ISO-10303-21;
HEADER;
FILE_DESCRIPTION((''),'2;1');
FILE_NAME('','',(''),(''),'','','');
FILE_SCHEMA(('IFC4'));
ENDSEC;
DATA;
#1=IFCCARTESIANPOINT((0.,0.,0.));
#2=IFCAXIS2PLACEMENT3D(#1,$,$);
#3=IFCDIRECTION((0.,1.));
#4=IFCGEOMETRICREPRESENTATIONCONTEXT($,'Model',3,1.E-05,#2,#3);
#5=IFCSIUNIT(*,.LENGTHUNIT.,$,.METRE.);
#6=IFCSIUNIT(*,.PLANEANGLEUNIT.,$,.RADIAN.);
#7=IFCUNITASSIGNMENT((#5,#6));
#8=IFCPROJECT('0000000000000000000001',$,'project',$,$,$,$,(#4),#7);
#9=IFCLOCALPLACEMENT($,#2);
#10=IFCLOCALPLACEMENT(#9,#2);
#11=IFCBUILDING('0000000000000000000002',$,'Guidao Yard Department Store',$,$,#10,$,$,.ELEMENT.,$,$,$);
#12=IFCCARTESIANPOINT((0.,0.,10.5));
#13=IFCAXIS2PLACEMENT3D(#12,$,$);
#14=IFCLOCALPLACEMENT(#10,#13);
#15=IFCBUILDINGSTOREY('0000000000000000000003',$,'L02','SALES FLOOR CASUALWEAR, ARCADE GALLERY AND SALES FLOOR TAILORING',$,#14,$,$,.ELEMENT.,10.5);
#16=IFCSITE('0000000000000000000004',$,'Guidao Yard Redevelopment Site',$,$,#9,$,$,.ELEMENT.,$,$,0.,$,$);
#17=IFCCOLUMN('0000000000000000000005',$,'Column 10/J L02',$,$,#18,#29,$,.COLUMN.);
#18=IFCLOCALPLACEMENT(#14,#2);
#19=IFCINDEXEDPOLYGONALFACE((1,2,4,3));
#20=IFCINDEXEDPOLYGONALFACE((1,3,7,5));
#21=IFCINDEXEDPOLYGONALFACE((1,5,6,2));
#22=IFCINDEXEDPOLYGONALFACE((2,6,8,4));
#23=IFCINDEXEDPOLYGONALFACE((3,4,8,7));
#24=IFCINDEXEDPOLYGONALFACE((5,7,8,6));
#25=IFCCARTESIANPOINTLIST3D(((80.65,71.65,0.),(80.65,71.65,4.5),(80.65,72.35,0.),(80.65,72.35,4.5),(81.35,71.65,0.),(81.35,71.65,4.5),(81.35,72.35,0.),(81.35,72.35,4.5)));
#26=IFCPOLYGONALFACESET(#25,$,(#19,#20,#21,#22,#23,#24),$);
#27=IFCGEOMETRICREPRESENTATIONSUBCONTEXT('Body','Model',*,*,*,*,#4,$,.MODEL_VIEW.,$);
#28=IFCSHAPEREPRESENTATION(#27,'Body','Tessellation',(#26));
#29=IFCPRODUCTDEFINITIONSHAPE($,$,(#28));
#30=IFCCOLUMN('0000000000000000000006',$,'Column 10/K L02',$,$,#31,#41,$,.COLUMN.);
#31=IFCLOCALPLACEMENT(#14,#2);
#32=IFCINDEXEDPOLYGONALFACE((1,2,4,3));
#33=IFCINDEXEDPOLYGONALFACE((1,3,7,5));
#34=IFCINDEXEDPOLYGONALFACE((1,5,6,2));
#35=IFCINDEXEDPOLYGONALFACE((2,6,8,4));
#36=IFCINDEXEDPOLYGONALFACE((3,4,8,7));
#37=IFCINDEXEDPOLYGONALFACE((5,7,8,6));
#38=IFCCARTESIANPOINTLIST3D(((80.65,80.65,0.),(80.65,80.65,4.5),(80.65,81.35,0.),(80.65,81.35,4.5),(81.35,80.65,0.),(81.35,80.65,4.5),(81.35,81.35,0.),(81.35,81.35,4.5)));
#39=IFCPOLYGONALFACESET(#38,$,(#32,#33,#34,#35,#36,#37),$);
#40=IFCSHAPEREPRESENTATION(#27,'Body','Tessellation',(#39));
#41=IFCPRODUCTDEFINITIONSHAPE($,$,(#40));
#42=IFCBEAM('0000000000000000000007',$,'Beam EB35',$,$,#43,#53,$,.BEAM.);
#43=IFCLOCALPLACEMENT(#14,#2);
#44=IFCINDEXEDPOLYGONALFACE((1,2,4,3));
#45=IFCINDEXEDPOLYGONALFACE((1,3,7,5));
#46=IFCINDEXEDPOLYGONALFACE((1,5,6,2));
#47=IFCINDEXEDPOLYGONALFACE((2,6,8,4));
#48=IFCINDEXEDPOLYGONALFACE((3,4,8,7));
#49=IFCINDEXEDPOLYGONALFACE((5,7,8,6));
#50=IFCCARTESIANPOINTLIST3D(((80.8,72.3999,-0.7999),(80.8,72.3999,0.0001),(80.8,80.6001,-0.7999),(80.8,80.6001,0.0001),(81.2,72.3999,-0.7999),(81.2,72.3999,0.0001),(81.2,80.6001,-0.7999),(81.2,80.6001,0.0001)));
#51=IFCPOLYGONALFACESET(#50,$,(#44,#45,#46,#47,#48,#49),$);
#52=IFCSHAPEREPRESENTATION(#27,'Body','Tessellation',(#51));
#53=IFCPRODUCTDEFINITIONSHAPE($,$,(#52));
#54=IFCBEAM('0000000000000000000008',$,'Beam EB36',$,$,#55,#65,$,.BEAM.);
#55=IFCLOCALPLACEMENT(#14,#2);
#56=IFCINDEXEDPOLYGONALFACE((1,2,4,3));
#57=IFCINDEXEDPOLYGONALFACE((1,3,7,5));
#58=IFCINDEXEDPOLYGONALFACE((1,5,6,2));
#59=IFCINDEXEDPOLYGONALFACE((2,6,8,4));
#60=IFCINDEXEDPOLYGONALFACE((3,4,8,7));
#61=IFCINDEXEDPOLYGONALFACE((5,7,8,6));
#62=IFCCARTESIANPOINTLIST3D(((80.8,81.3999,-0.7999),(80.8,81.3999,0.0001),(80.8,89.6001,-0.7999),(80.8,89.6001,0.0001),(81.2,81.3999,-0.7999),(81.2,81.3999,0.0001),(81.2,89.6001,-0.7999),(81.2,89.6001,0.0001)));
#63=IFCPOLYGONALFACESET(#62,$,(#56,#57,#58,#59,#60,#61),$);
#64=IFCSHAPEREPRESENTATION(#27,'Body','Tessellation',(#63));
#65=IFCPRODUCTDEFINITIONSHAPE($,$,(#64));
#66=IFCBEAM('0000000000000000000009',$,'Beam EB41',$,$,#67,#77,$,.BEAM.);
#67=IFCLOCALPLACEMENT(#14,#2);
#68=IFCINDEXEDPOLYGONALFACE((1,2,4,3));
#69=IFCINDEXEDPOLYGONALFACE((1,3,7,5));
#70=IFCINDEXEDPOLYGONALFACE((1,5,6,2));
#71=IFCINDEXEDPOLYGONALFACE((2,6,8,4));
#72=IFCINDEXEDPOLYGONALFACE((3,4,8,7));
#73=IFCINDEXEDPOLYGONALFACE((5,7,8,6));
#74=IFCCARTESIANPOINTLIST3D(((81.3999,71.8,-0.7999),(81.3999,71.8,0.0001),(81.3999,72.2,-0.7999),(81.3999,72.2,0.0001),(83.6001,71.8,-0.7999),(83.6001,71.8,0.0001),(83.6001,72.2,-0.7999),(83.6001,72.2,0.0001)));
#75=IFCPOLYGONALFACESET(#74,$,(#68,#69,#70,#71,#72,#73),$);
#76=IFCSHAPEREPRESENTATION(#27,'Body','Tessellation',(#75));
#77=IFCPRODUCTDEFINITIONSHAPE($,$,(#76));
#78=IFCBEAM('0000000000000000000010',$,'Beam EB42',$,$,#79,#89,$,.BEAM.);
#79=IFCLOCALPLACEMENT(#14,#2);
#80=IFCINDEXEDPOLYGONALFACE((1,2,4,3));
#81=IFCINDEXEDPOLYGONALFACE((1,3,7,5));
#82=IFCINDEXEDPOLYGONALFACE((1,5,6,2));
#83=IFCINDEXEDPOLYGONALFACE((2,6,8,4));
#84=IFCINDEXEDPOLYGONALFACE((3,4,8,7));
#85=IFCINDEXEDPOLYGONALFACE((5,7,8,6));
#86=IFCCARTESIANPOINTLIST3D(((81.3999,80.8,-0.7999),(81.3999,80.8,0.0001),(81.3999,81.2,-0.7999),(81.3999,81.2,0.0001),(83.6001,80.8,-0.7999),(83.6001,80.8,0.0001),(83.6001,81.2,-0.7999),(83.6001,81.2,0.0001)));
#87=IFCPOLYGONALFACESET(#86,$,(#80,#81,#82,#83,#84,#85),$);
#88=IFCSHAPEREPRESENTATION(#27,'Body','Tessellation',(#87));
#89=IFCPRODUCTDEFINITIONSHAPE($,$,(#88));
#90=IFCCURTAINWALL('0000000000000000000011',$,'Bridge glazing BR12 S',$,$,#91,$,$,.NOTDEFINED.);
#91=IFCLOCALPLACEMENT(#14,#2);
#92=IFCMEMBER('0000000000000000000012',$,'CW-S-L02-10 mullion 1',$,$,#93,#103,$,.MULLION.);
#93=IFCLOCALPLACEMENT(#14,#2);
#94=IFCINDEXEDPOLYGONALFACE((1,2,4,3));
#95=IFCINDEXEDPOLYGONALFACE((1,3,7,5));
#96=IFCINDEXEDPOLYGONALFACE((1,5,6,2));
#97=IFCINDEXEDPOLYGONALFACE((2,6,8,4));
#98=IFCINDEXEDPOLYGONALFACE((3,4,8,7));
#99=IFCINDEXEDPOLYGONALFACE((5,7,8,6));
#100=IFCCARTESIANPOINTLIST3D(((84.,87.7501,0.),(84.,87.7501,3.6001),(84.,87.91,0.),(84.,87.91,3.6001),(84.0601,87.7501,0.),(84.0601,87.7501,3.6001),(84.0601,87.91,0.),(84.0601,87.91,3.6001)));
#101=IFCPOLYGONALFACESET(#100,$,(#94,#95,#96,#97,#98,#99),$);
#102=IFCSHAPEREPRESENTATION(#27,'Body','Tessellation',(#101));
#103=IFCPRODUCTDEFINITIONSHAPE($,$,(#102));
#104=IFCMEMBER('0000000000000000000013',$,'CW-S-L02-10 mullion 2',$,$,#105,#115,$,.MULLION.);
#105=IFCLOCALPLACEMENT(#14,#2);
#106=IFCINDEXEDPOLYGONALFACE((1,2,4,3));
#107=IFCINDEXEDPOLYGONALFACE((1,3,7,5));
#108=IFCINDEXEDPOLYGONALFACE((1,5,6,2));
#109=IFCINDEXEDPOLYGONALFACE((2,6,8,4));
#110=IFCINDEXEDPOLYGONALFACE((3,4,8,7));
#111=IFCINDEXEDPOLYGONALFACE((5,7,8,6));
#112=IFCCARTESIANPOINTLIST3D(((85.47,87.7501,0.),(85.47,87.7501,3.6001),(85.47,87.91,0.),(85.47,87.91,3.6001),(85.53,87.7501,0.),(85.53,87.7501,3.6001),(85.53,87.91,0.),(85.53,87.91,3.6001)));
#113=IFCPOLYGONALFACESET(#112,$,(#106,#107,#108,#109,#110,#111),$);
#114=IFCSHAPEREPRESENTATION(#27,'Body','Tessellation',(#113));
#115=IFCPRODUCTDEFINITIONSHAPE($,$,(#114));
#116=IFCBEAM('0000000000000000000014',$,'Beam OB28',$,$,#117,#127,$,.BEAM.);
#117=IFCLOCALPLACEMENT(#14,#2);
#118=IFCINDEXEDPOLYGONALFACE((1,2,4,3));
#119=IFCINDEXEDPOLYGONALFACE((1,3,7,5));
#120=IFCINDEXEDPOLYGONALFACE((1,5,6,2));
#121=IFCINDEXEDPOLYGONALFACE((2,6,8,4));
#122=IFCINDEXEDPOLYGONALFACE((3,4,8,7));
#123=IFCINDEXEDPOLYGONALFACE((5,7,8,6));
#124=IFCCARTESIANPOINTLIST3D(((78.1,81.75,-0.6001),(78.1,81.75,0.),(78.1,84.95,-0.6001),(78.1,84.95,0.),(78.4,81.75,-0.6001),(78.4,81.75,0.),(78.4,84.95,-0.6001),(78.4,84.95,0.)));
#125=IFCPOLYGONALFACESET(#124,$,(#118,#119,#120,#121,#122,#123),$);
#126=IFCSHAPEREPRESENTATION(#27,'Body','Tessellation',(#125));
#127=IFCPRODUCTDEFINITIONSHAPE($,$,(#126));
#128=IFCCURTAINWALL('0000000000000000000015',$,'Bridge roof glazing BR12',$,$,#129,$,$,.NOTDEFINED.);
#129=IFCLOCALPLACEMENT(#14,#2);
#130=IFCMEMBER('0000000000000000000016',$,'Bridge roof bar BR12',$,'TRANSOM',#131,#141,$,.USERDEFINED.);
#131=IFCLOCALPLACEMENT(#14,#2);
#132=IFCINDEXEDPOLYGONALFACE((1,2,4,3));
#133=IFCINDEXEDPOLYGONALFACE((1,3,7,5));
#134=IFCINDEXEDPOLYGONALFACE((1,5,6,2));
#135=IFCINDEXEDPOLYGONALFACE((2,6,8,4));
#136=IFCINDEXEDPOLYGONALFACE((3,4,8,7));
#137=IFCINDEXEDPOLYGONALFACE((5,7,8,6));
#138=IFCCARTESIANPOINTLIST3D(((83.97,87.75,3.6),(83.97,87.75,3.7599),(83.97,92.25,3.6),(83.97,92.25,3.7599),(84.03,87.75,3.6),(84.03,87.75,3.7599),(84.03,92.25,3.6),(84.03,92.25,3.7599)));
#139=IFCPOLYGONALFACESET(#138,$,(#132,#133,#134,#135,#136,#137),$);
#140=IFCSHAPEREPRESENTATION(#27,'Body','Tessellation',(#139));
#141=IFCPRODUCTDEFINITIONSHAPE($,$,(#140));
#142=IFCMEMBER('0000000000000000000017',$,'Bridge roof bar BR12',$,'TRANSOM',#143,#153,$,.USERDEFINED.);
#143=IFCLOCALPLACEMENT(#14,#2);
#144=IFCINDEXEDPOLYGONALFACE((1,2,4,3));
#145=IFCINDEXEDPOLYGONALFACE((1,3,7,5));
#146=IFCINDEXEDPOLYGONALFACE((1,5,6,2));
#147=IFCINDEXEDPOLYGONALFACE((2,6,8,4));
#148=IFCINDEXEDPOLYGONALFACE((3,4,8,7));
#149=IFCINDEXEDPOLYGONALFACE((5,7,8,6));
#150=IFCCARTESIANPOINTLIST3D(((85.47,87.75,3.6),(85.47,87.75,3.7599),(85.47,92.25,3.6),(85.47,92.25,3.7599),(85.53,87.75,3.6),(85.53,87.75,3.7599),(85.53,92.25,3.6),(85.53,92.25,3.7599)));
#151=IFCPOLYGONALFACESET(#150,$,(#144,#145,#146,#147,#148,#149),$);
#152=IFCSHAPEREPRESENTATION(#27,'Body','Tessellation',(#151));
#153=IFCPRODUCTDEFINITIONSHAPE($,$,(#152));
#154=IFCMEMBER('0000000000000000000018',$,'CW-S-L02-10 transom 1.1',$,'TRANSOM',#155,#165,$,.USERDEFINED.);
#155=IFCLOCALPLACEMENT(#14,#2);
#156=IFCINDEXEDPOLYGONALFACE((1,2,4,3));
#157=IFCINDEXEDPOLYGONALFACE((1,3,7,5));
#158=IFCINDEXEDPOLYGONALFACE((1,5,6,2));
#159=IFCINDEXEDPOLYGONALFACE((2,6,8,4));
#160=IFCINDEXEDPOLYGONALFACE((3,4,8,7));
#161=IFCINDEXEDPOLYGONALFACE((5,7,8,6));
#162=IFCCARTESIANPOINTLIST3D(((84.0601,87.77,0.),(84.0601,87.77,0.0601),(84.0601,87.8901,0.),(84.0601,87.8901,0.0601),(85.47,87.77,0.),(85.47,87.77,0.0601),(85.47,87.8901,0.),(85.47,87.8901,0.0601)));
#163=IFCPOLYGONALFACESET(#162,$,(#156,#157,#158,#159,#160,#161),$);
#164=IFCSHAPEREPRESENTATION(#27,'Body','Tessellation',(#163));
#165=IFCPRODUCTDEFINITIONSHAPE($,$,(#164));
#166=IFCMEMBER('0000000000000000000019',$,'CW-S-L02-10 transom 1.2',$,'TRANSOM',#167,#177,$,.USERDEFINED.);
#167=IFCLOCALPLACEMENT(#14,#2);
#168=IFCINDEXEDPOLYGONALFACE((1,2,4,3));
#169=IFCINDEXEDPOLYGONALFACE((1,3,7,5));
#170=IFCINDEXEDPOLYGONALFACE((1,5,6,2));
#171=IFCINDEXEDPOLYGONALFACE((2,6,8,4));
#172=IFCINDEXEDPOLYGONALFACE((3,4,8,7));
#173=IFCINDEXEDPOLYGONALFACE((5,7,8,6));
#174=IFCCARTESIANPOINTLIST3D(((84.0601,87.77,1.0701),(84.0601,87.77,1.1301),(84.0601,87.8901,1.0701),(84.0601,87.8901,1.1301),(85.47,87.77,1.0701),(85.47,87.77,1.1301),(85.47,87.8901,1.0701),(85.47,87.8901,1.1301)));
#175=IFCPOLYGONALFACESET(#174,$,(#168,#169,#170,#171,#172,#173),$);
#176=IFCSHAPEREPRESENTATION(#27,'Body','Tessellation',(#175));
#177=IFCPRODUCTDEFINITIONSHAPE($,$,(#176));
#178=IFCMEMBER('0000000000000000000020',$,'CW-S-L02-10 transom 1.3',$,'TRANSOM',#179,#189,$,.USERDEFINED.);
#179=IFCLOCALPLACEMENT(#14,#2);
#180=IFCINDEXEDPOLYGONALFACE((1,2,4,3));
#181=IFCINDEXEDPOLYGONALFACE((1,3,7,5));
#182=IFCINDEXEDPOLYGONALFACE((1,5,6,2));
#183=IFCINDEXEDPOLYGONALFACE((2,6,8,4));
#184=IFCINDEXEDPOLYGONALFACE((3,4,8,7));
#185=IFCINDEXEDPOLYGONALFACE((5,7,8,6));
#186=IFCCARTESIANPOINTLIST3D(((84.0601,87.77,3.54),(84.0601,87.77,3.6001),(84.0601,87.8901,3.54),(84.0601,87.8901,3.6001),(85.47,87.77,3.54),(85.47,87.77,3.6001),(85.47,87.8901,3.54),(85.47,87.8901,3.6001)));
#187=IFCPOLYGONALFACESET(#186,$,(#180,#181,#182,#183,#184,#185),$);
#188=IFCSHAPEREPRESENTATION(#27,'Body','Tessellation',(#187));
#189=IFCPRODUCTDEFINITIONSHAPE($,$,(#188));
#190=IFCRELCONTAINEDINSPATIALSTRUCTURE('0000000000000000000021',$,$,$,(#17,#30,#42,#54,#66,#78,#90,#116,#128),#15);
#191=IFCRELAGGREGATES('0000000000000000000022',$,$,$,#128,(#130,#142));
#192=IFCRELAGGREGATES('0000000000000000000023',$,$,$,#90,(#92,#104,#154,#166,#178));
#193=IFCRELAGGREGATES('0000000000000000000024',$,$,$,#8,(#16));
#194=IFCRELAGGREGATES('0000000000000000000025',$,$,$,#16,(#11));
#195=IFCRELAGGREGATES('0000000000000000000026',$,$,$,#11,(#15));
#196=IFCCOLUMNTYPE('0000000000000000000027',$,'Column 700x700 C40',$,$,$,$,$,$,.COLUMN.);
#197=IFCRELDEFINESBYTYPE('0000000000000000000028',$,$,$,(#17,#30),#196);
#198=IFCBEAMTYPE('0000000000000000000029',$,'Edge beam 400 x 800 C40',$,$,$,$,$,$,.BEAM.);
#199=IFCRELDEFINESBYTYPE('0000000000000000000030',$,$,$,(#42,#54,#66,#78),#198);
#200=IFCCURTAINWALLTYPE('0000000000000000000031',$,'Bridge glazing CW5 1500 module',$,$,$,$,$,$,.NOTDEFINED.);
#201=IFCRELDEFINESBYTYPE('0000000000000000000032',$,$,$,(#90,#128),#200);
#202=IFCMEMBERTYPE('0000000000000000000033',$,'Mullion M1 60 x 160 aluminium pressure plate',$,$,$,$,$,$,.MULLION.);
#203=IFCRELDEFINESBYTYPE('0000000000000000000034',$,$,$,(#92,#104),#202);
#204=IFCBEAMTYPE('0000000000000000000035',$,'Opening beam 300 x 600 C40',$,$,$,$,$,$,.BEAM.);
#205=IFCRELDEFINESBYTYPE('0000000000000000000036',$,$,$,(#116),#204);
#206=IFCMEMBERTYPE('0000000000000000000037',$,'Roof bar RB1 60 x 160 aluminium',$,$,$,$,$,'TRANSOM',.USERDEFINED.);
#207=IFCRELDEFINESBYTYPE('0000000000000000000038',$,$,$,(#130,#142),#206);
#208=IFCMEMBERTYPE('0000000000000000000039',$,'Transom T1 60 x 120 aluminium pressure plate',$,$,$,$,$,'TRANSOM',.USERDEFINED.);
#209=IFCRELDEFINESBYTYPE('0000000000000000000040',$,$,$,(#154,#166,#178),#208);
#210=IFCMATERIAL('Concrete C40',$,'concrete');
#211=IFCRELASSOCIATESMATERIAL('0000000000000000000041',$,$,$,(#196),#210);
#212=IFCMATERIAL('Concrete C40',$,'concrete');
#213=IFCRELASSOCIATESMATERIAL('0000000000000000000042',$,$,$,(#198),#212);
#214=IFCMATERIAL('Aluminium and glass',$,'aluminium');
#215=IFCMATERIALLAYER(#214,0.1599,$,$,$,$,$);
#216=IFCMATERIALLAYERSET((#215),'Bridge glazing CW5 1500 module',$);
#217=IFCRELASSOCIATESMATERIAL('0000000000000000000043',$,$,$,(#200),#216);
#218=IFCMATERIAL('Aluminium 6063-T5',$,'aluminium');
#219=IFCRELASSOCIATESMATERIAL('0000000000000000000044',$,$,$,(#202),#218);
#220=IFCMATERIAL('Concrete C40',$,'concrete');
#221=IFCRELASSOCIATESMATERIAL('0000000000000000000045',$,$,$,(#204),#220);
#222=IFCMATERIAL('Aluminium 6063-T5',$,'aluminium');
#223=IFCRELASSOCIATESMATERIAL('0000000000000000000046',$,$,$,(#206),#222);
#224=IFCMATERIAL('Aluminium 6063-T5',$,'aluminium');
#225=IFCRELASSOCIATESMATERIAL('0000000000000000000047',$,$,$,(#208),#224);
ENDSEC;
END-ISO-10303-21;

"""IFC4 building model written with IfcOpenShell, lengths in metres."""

from ifc_helpers import new_model, si_unit, direction, frame, origin, origin_2d, place, context, subcontext, project, spatial, rectangle, extrude, material, layer, layer_set, material_profile, profile_set, type_object, element, aggregate, save


model = new_model("IFC4")

# Units and contexts
model_context = context("Model", 3, precision=1e-05, world=origin(), true_north=direction((0.0, 1.0)))
body_context = subcontext(model_context, "Body", "Model", "MODEL_VIEW")
ifc_project = project(units=[si_unit("LENGTHUNIT", "METRE"), si_unit("PLANEANGLEUNIT", "RADIAN")], contexts=[model_context])

# Site, building, storey
site_placement = place(None, origin())
site = spatial("IfcSite", under=ifc_project, at=site_placement, Name="Guidao Yard Redevelopment Site", CompositionType="ELEMENT", RefElevation=0.0)
building_placement = place(site_placement, origin())
building = spatial("IfcBuilding", under=site, at=building_placement, Name="Guidao Yard Department Store", CompositionType="ELEMENT")
storey_placement = place(building_placement, frame((0.0, 0.0, 10.5)))
storey = spatial("IfcBuildingStorey", under=building, at=storey_placement, Name="L02", Description="SALES FLOOR CASUALWEAR, ARCADE GALLERY AND SALES FLOOR TAILORING", CompositionType="ELEMENT", Elevation=10.5)

# Columns
ifc_material_1 = material(Name="Concrete C40", Category="concrete")
ifc_material_profile_1 = material_profile(ifc_material_1, rectangle(XDim=0.7, YDim=0.7, at=origin_2d()), Name="COL 700x700")
ifc_profile_set_1 = profile_set([ifc_material_profile_1], Name="Concrete C40")
column_type = type_object("IfcColumnType", Name="Column 700x700 C40", PredefinedType="COLUMN", material=ifc_profile_set_1)
for number, where, z_axis, x_axis, name in (
    (1, (81.0, 72.0, 0.0), (0.0, 0.0, 1.0), (1.0, 0.0, 0.0), "Column 10/J L02"),
    (2, (81.0, 81.0, 0.0), (0.0, 0.0, 1.0), (1.0, 0.0, 0.0), "Column 10/K L02"),
):
    element("IfcColumn", number, at=place(storey_placement, frame(where, z_axis=z_axis, x_axis=x_axis)), inside=storey, type_object=column_type, Name=name, PredefinedType="COLUMN", context=body_context, shape_type="SweptSolid", body=[
        extrude(rectangle(XDim=0.7, YDim=0.7, at=origin_2d()), origin(), (0.0, 0.0, 1.0), 4.5),
    ])

# Beams
ifc_material_2 = material(Name="Concrete C40", Category="concrete")
ifc_material_profile_2 = material_profile(ifc_material_2, rectangle(XDim=0.3999, YDim=0.8, at=origin_2d()), Name="Edge beam 400 x 800 C40")
ifc_profile_set_2 = profile_set([ifc_material_profile_2], Name="Concrete C40")
beam_type_1 = type_object("IfcBeamType", Name="Edge beam 400 x 800 C40", PredefinedType="BEAM", material=ifc_profile_set_2)
for number, where, z_axis, x_axis, name in (
    (3, (81.0, 72.3999, -0.3999), (0.0, 1.0, 0.0), (-1.0, 0.0, 0.0), "Beam EB35"),
    (4, (81.0, 81.3999, -0.3999), (0.0, 1.0, 0.0), (-1.0, 0.0, 0.0), "Beam EB36"),
):
    element("IfcBeam", number, at=place(storey_placement, frame(where, z_axis=z_axis, x_axis=x_axis)), inside=storey, type_object=beam_type_1, Name=name, PredefinedType="BEAM", context=body_context, shape_type="SweptSolid", body=[
        extrude(rectangle(XDim=0.3999, YDim=0.8, at=origin_2d()), origin(), (0.0, 0.0, 1.0), 8.2002),
    ])
for number, where, z_axis, x_axis, name in (
    (5, (81.3999, 72.0, -0.3999), (1.0, 0.0, 0.0), (0.0, 1.0, 0.0), "Beam EB41"),
    (6, (81.3999, 81.0, -0.3999), (1.0, 0.0, 0.0), (0.0, 1.0, 0.0), "Beam EB42"),
):
    element("IfcBeam", number, at=place(storey_placement, frame(where, z_axis=z_axis, x_axis=x_axis)), inside=storey, type_object=beam_type_1, Name=name, PredefinedType="BEAM", context=body_context, shape_type="SweptSolid", body=[
        extrude(rectangle(XDim=0.3999, YDim=0.8, at=origin_2d()), origin(), (0.0, 0.0, 1.0), 2.2002),
    ])

# Curtain wall, members
ifc_material_3 = material(Name="Aluminium and glass", Category="aluminium")
ifc_layer_1 = layer(ifc_material_3, 0.1599)
ifc_layer_set_1 = layer_set([ifc_layer_1], Name="Bridge glazing CW5 1500 module")
curtain_wall_type = type_object("IfcCurtainWallType", Name="Bridge glazing CW5 1500 module", PredefinedType="NOTDEFINED", material=ifc_layer_set_1)
curtain_wall_1_placement = place(storey_placement, origin())
curtain_wall_1 = element("IfcCurtainWall", 7, at=curtain_wall_1_placement, inside=storey, type_object=curtain_wall_type, Name="Bridge glazing BR12 S", PredefinedType="NOTDEFINED")
ifc_material_4 = material(Name="Aluminium 6063-T5", Category="aluminium")
ifc_material_profile_3 = material_profile(ifc_material_4, rectangle(XDim=0.0601, YDim=0.1599, at=origin_2d()), Name="Mullion M1 60 x 160 aluminium pressure plate")
ifc_profile_set_3 = profile_set([ifc_material_profile_3], Name="Aluminium 6063-T5")
member_type_1 = type_object("IfcMemberType", Name="Mullion M1 60 x 160 aluminium pressure plate", PredefinedType="MULLION", material=ifc_profile_set_3)
member_1_placement = place(storey_placement, frame((84.03, 87.8301, 0.0), z_axis=(0.0, 0.0, 1.0), x_axis=(-1.0, 0.0, 0.0)))
member_1 = element("IfcMember", 8, at=member_1_placement, type_object=member_type_1, Name="CW-S-L02-10 mullion 1", PredefinedType="MULLION", context=body_context, shape_type="SweptSolid", body=[
    extrude(rectangle(XDim=0.0601, YDim=0.1599, at=origin_2d()), origin(), (0.0, 0.0, 1.0), 3.6001),
])
member_2_placement = place(storey_placement, frame((85.5, 87.8301, 0.0), z_axis=(0.0, 0.0, 1.0), x_axis=(-1.0, 0.0, 0.0)))
member_2 = element("IfcMember", 9, at=member_2_placement, type_object=member_type_1, Name="CW-S-L02-10 mullion 2", PredefinedType="MULLION", context=body_context, shape_type="SweptSolid", body=[
    extrude(rectangle(XDim=0.0601, YDim=0.1599, at=origin_2d()), origin(), (0.0, 0.0, 1.0), 3.6001),
])

# Beam
ifc_material_5 = material(Name="Concrete C40", Category="concrete")
ifc_material_profile_4 = material_profile(ifc_material_5, rectangle(XDim=0.3, YDim=0.6001, at=origin_2d()), Name="Opening beam 300 x 600 C40")
ifc_profile_set_4 = profile_set([ifc_material_profile_4], Name="Concrete C40")
beam_type_2 = type_object("IfcBeamType", Name="Opening beam 300 x 600 C40", PredefinedType="BEAM", material=ifc_profile_set_4)
beam_placement = place(storey_placement, frame((78.25, 81.75, -0.3), z_axis=(0.0, 1.0, 0.0), x_axis=(-1.0, 0.0, 0.0)))
element("IfcBeam", 10, at=beam_placement, inside=storey, type_object=beam_type_2, Name="Beam OB28", PredefinedType="BEAM", context=body_context, shape_type="SweptSolid", body=[
    extrude(rectangle(XDim=0.3, YDim=0.6001, at=origin_2d()), origin(), (0.0, 0.0, 1.0), 3.2),
])

# Curtain wall, members
curtain_wall_2_placement = place(storey_placement, origin())
curtain_wall_2 = element("IfcCurtainWall", 11, at=curtain_wall_2_placement, inside=storey, type_object=curtain_wall_type, Name="Bridge roof glazing BR12", PredefinedType="NOTDEFINED")
ifc_material_6 = material(Name="Aluminium 6063-T5", Category="aluminium")
ifc_material_profile_5 = material_profile(ifc_material_6, rectangle(XDim=0.0601, YDim=0.1599, at=origin_2d()), Name="Roof bar RB1 60 x 160 aluminium")
ifc_profile_set_5 = profile_set([ifc_material_profile_5], Name="Aluminium 6063-T5")
member_type_2 = type_object("IfcMemberType", Name="Roof bar RB1 60 x 160 aluminium", ElementType="TRANSOM", PredefinedType="USERDEFINED", material=ifc_profile_set_5)
member_3_placement = place(storey_placement, frame((84.0, 87.75, 3.6799), z_axis=(0.0, 1.0, 0.0), x_axis=(-1.0, 0.0, 0.0)))
member_3 = element("IfcMember", 12, at=member_3_placement, type_object=member_type_2, Name="Bridge roof bar BR12", ObjectType="TRANSOM", PredefinedType="USERDEFINED", context=body_context, shape_type="SweptSolid", body=[
    extrude(rectangle(XDim=0.0601, YDim=0.1599, at=origin_2d()), origin(), (0.0, 0.0, 1.0), 4.5),
])
member_4_placement = place(storey_placement, frame((85.5, 87.75, 3.6799), z_axis=(0.0, 1.0, 0.0), x_axis=(-1.0, 0.0, 0.0)))
member_4 = element("IfcMember", 13, at=member_4_placement, type_object=member_type_2, Name="Bridge roof bar BR12", ObjectType="TRANSOM", PredefinedType="USERDEFINED", context=body_context, shape_type="SweptSolid", body=[
    extrude(rectangle(XDim=0.0601, YDim=0.1599, at=origin_2d()), origin(), (0.0, 0.0, 1.0), 4.5),
])
aggregate(curtain_wall_2, [member_3, member_4])

# Members
ifc_material_7 = material(Name="Aluminium 6063-T5", Category="aluminium")
ifc_material_profile_6 = material_profile(ifc_material_7, rectangle(XDim=0.1201, YDim=0.0601, at=origin_2d()), Name="Transom T1 60 x 120 aluminium pressure plate")
ifc_profile_set_6 = profile_set([ifc_material_profile_6], Name="Aluminium 6063-T5")
member_type_3 = type_object("IfcMemberType", Name="Transom T1 60 x 120 aluminium pressure plate", ElementType="TRANSOM", PredefinedType="USERDEFINED", material=ifc_profile_set_6)
member_5_placement = place(storey_placement, frame((85.47, 87.8301, 0.03), z_axis=(-1.0, 0.0, 0.0), x_axis=(0.0, -1.0, 0.0)))
member_5 = element("IfcMember", 14, at=member_5_placement, type_object=member_type_3, Name="CW-S-L02-10 transom 1.1", ObjectType="TRANSOM", PredefinedType="USERDEFINED", context=body_context, shape_type="SweptSolid", body=[
    extrude(rectangle(XDim=0.1201, YDim=0.0601, at=origin_2d()), origin(), (0.0, 0.0, 1.0), 1.4099),
])
member_6_placement = place(storey_placement, frame((85.47, 87.8301, 1.1001), z_axis=(-1.0, 0.0, 0.0), x_axis=(0.0, -1.0, 0.0)))
member_6 = element("IfcMember", 15, at=member_6_placement, type_object=member_type_3, Name="CW-S-L02-10 transom 1.2", ObjectType="TRANSOM", PredefinedType="USERDEFINED", context=body_context, shape_type="SweptSolid", body=[
    extrude(rectangle(XDim=0.1201, YDim=0.0601, at=origin_2d()), origin(), (0.0, 0.0, 1.0), 1.4099),
])
member_7_placement = place(storey_placement, frame((85.47, 87.8301, 3.5701), z_axis=(-1.0, 0.0, 0.0), x_axis=(0.0, -1.0, 0.0)))
member_7 = element("IfcMember", 16, at=member_7_placement, type_object=member_type_3, Name="CW-S-L02-10 transom 1.3", ObjectType="TRANSOM", PredefinedType="USERDEFINED", context=body_context, shape_type="SweptSolid", body=[
    extrude(rectangle(XDim=0.1201, YDim=0.0601, at=origin_2d()), origin(), (0.0, 0.0, 1.0), 1.4099),
])

aggregate(curtain_wall_1, [member_1, member_2, member_5, member_6, member_7])

save(model, "model.ifc")
